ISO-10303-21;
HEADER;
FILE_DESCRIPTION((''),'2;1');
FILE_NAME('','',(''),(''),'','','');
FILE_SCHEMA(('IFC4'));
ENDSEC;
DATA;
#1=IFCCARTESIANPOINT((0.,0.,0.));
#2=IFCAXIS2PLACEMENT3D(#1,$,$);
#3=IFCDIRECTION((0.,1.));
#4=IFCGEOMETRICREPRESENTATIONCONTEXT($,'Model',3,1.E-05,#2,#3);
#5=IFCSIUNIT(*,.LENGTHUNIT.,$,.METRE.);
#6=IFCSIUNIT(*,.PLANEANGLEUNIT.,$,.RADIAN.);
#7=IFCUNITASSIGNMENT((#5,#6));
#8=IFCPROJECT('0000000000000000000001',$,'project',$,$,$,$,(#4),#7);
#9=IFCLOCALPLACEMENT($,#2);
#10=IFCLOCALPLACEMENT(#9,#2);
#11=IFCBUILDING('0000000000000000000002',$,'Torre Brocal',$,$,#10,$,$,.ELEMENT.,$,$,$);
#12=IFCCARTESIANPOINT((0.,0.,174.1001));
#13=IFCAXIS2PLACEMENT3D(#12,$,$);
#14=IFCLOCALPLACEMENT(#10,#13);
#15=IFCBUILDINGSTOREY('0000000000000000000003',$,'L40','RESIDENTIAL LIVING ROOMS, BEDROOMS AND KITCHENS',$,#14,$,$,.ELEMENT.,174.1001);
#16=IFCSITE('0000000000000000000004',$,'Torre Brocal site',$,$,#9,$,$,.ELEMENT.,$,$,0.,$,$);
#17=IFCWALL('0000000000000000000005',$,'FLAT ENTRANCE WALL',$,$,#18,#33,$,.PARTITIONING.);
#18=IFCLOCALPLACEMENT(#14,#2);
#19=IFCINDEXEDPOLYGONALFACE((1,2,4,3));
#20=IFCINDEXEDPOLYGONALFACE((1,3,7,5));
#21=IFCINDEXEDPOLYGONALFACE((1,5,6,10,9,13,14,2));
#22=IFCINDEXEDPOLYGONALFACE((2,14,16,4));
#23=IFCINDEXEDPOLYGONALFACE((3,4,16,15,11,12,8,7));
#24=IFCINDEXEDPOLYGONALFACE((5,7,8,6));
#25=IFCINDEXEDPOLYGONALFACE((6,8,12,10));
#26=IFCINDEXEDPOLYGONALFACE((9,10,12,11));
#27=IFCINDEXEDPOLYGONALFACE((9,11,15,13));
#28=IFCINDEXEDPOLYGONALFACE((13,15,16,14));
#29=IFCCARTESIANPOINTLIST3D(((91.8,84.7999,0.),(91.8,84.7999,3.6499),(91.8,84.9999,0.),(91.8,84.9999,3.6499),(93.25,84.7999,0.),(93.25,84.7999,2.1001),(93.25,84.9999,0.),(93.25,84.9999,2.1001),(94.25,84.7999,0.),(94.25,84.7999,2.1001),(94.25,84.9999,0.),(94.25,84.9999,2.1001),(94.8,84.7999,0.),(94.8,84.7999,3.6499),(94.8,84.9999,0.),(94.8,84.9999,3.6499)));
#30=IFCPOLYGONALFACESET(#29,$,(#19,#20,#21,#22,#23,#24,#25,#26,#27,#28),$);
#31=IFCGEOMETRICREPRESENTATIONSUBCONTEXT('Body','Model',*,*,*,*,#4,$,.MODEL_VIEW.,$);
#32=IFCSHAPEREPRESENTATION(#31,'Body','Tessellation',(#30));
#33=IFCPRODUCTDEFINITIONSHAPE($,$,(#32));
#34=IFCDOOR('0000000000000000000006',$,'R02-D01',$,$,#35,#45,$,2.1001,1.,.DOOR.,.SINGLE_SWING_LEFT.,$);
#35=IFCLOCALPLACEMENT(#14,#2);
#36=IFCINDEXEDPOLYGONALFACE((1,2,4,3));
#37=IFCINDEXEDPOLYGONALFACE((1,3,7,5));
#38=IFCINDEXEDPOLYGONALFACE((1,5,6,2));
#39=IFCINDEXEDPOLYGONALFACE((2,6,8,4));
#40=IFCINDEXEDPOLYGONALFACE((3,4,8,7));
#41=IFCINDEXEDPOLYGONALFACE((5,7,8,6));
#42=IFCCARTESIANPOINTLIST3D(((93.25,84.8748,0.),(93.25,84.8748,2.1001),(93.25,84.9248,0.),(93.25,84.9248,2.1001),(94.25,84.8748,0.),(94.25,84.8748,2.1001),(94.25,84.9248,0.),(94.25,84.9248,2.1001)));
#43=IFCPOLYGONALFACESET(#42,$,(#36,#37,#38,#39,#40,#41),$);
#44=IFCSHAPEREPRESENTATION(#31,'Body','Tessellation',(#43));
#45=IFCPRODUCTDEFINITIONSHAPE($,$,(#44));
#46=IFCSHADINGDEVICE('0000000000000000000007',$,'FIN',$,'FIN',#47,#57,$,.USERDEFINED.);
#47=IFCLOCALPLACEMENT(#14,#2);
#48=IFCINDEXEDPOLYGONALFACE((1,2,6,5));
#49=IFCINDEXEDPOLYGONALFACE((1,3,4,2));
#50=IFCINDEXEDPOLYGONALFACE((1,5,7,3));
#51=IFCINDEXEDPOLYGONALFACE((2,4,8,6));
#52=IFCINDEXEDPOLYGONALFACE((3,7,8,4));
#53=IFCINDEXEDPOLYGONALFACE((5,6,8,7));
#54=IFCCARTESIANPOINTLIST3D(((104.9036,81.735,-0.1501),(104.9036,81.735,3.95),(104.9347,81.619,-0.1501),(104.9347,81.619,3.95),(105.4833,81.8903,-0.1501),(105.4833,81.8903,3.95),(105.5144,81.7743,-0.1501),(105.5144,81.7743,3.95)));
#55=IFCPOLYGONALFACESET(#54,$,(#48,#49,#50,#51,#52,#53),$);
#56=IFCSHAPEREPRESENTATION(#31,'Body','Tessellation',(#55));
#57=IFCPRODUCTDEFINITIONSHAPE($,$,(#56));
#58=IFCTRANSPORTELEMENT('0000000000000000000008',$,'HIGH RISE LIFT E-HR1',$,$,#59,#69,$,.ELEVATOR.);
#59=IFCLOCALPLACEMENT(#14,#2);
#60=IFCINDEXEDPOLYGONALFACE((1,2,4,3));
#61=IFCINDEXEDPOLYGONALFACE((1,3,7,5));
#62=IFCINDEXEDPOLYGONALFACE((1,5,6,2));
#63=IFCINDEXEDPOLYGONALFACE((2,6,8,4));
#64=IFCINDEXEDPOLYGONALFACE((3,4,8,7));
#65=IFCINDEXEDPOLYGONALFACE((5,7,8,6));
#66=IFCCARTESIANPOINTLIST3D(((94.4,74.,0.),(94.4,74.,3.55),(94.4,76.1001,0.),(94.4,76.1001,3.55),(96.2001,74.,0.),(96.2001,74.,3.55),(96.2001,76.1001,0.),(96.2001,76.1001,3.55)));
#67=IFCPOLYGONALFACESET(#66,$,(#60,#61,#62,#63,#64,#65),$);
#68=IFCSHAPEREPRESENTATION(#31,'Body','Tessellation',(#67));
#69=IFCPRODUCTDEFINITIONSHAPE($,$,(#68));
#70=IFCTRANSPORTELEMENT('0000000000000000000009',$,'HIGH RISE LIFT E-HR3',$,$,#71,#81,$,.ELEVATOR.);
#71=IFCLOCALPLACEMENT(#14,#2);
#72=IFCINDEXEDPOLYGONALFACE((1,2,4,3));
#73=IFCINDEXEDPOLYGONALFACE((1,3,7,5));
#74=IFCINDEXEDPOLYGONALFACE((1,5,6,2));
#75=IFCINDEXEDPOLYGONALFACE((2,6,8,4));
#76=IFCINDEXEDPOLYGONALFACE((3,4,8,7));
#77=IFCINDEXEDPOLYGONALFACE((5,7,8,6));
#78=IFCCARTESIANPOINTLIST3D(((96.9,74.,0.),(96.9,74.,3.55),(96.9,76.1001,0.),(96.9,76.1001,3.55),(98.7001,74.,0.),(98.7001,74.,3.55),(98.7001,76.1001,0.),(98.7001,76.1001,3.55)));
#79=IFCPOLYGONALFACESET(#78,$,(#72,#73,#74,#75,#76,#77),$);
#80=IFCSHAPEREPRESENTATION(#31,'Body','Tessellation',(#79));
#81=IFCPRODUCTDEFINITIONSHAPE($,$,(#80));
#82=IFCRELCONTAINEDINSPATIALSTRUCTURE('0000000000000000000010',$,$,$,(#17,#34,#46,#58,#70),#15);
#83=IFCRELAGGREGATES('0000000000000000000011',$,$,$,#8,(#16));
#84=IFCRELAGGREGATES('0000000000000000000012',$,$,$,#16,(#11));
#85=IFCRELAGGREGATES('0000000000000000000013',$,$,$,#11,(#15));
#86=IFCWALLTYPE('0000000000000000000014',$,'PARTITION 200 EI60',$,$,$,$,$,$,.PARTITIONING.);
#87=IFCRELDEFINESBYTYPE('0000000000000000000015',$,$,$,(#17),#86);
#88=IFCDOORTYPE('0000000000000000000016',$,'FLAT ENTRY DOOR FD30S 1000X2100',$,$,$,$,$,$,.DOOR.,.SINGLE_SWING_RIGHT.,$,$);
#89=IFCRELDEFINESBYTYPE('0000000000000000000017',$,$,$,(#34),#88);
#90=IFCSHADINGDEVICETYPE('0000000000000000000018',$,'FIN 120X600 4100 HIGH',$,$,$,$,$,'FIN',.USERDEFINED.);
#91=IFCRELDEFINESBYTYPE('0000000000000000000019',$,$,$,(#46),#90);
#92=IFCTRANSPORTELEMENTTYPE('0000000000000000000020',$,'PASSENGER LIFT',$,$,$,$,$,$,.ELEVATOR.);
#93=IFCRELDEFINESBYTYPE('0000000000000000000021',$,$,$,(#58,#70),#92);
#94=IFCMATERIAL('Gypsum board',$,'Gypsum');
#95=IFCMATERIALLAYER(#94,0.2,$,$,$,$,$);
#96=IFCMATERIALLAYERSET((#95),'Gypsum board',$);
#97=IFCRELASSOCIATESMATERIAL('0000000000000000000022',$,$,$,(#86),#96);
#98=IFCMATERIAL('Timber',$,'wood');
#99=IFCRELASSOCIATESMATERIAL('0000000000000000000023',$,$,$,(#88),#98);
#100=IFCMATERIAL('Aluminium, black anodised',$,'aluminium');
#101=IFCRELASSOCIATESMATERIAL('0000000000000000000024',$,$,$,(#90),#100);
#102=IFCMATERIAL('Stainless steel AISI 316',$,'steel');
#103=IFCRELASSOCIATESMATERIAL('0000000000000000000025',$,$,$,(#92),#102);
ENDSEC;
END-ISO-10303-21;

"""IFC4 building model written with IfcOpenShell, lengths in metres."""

from ifc_helpers import new_model, si_unit, direction, frame, frame_2d, origin, origin_2d, place, context, subcontext, project, spatial, rectangle, extrude, material, layer, layer_set, material_profile, profile_set, type_object, element, fill, save


model = new_model("IFC4")

# Units and contexts
model_context = context("Model", 3, precision=1e-05, world=origin(), true_north=direction((0.0, 1.0)))
body_context = subcontext(model_context, "Body", "Model", "MODEL_VIEW")
ifc_project = project(units=[si_unit("LENGTHUNIT", "METRE"), si_unit("PLANEANGLEUNIT", "RADIAN")], contexts=[model_context])

# Site, building, storey
site_placement = place(None, origin())
site = spatial("IfcSite", under=ifc_project, at=site_placement, Name="Torre Brocal site", CompositionType="ELEMENT", RefElevation=0.0)
building_placement = place(site_placement, origin())
building = spatial("IfcBuilding", under=site, at=building_placement, Name="Torre Brocal", CompositionType="ELEMENT")
storey_placement = place(building_placement, frame((0.0, 0.0, 174.1001)))
storey = spatial("IfcBuildingStorey", under=building, at=storey_placement, Name="L40", Description="RESIDENTIAL LIVING ROOMS, BEDROOMS AND KITCHENS", CompositionType="ELEMENT", Elevation=174.1001)

# Wall, opening, door
ifc_material_1 = material(Name="Gypsum board", Category="Gypsum")
ifc_layer_1 = layer(ifc_material_1, 0.2)
ifc_layer_set_1 = layer_set([ifc_layer_1], Name="Gypsum board")
wall_type_1 = type_object("IfcWallType", Name="PARTITION 200 EI60", PredefinedType="PARTITIONING", material=ifc_layer_set_1)
wall_1_placement = place(storey_placement, frame((91.8, 84.8999, 0.0), z_axis=(0.0, 0.0, 1.0), x_axis=(1.0, 0.0, 0.0)))
wall_1 = element("IfcWall", 1, at=wall_1_placement, inside=storey, type_object=wall_type_1, Name="FLAT ENTRANCE WALL", PredefinedType="PARTITIONING", context=body_context, shape_type="SweptSolid", body=[
    extrude(rectangle(XDim=3.0, YDim=0.2, at=frame_2d((1.5, 0.0))), origin(), (0.0, 0.0, 1.0), 3.6499),
])
opening_1_placement = place(wall_1_placement, frame((1.45, 0.0, 0.0)))
opening_1 = element("IfcOpeningElement", 2, at=opening_1_placement, cuts=wall_1, PredefinedType="OPENING", context=body_context, shape_type="SweptSolid", body=[
    extrude(rectangle(XDim=1.0, YDim=2.1001, at=frame_2d((0.5, 1.05))), frame((0.0, 0.1099, 0.0), z_axis=(0.0, -1.0, 0.0), x_axis=(1.0, 0.0, 0.0)), (0.0, 0.0, 1.0), 0.22),
])
ifc_material_2 = material(Name="Timber", Category="wood")
door_type_1 = type_object("IfcDoorType", Name="FLAT ENTRY DOOR FD30S 1000X2100", OperationType="SINGLE_SWING_RIGHT", PredefinedType="DOOR", material=ifc_material_2)
door_1_placement = place(opening_1_placement, origin())
door_1 = element("IfcDoor", 3, at=door_1_placement, inside=storey, type_object=door_type_1, Name="R02-D01", OperationType="SINGLE_SWING_LEFT", OverallHeight=2.1001, OverallWidth=1.0, PredefinedType="DOOR", context=body_context, shape_type="SweptSolid", body=[
    extrude(rectangle(XDim=1.0, YDim=2.1001, at=frame_2d((0.5, 1.05))), frame((0.0, 0.0249, 0.0), z_axis=(0.0, -1.0, 0.0), x_axis=(1.0, 0.0, 0.0)), (0.0, 0.0, 1.0), 0.05),
])
fill(opening_1, door_1)

# Shading device
ifc_material_3 = material(Name="Aluminium, black anodised", Category="aluminium")
ifc_material_profile_1 = material_profile(ifc_material_3, rectangle(XDim=0.1201, YDim=0.6001, at=origin_2d()), Name="FIN 120X600 4100 HIGH")
ifc_profile_set_1 = profile_set([ifc_material_profile_1], Name="Aluminium, black anodised")
shading_device_type = type_object("IfcShadingDeviceType", Name="FIN 120X600 4100 HIGH", ElementType="FIN", PredefinedType="USERDEFINED", material=ifc_profile_set_1)
shading_device_placement = place(storey_placement, frame((105.209, 81.7546, -0.1501), z_axis=(0.0, 0.0, 1.0), x_axis=(-0.258819, 0.965926, 0.0)))
element("IfcShadingDevice", 4, at=shading_device_placement, inside=storey, type_object=shading_device_type, Name="FIN", ObjectType="FIN", PredefinedType="USERDEFINED", context=body_context, shape_type="SweptSolid", body=[
    extrude(rectangle(XDim=0.1201, YDim=0.6001, at=origin_2d()), origin(), (0.0, 0.0, 1.0), 4.1001),
])

# Transport elements
ifc_material_4 = material(Name="Stainless steel AISI 316", Category="steel")
transport_element_type = type_object("IfcTransportElementType", Name="PASSENGER LIFT", PredefinedType="ELEVATOR", material=ifc_material_4)
for number, where, z_axis, x_axis, name in (
    (5, (95.3, 75.05, 0.0), (0.0, 0.0, 1.0), (1.0, 0.0, 0.0), "HIGH RISE LIFT E-HR1"),
    (6, (97.8, 75.05, 0.0), (0.0, 0.0, 1.0), (1.0, 0.0, 0.0), "HIGH RISE LIFT E-HR3"),
):
    element("IfcTransportElement", number, at=place(storey_placement, frame(where, z_axis=z_axis, x_axis=x_axis)), inside=storey, type_object=transport_element_type, Name=name, PredefinedType="ELEVATOR", context=body_context, shape_type="SweptSolid", body=[
        extrude(rectangle(XDim=1.8, YDim=2.1001, at=origin_2d()), origin(), (0.0, 0.0, 1.0), 3.55),
    ])

save(model, "model.ifc")
